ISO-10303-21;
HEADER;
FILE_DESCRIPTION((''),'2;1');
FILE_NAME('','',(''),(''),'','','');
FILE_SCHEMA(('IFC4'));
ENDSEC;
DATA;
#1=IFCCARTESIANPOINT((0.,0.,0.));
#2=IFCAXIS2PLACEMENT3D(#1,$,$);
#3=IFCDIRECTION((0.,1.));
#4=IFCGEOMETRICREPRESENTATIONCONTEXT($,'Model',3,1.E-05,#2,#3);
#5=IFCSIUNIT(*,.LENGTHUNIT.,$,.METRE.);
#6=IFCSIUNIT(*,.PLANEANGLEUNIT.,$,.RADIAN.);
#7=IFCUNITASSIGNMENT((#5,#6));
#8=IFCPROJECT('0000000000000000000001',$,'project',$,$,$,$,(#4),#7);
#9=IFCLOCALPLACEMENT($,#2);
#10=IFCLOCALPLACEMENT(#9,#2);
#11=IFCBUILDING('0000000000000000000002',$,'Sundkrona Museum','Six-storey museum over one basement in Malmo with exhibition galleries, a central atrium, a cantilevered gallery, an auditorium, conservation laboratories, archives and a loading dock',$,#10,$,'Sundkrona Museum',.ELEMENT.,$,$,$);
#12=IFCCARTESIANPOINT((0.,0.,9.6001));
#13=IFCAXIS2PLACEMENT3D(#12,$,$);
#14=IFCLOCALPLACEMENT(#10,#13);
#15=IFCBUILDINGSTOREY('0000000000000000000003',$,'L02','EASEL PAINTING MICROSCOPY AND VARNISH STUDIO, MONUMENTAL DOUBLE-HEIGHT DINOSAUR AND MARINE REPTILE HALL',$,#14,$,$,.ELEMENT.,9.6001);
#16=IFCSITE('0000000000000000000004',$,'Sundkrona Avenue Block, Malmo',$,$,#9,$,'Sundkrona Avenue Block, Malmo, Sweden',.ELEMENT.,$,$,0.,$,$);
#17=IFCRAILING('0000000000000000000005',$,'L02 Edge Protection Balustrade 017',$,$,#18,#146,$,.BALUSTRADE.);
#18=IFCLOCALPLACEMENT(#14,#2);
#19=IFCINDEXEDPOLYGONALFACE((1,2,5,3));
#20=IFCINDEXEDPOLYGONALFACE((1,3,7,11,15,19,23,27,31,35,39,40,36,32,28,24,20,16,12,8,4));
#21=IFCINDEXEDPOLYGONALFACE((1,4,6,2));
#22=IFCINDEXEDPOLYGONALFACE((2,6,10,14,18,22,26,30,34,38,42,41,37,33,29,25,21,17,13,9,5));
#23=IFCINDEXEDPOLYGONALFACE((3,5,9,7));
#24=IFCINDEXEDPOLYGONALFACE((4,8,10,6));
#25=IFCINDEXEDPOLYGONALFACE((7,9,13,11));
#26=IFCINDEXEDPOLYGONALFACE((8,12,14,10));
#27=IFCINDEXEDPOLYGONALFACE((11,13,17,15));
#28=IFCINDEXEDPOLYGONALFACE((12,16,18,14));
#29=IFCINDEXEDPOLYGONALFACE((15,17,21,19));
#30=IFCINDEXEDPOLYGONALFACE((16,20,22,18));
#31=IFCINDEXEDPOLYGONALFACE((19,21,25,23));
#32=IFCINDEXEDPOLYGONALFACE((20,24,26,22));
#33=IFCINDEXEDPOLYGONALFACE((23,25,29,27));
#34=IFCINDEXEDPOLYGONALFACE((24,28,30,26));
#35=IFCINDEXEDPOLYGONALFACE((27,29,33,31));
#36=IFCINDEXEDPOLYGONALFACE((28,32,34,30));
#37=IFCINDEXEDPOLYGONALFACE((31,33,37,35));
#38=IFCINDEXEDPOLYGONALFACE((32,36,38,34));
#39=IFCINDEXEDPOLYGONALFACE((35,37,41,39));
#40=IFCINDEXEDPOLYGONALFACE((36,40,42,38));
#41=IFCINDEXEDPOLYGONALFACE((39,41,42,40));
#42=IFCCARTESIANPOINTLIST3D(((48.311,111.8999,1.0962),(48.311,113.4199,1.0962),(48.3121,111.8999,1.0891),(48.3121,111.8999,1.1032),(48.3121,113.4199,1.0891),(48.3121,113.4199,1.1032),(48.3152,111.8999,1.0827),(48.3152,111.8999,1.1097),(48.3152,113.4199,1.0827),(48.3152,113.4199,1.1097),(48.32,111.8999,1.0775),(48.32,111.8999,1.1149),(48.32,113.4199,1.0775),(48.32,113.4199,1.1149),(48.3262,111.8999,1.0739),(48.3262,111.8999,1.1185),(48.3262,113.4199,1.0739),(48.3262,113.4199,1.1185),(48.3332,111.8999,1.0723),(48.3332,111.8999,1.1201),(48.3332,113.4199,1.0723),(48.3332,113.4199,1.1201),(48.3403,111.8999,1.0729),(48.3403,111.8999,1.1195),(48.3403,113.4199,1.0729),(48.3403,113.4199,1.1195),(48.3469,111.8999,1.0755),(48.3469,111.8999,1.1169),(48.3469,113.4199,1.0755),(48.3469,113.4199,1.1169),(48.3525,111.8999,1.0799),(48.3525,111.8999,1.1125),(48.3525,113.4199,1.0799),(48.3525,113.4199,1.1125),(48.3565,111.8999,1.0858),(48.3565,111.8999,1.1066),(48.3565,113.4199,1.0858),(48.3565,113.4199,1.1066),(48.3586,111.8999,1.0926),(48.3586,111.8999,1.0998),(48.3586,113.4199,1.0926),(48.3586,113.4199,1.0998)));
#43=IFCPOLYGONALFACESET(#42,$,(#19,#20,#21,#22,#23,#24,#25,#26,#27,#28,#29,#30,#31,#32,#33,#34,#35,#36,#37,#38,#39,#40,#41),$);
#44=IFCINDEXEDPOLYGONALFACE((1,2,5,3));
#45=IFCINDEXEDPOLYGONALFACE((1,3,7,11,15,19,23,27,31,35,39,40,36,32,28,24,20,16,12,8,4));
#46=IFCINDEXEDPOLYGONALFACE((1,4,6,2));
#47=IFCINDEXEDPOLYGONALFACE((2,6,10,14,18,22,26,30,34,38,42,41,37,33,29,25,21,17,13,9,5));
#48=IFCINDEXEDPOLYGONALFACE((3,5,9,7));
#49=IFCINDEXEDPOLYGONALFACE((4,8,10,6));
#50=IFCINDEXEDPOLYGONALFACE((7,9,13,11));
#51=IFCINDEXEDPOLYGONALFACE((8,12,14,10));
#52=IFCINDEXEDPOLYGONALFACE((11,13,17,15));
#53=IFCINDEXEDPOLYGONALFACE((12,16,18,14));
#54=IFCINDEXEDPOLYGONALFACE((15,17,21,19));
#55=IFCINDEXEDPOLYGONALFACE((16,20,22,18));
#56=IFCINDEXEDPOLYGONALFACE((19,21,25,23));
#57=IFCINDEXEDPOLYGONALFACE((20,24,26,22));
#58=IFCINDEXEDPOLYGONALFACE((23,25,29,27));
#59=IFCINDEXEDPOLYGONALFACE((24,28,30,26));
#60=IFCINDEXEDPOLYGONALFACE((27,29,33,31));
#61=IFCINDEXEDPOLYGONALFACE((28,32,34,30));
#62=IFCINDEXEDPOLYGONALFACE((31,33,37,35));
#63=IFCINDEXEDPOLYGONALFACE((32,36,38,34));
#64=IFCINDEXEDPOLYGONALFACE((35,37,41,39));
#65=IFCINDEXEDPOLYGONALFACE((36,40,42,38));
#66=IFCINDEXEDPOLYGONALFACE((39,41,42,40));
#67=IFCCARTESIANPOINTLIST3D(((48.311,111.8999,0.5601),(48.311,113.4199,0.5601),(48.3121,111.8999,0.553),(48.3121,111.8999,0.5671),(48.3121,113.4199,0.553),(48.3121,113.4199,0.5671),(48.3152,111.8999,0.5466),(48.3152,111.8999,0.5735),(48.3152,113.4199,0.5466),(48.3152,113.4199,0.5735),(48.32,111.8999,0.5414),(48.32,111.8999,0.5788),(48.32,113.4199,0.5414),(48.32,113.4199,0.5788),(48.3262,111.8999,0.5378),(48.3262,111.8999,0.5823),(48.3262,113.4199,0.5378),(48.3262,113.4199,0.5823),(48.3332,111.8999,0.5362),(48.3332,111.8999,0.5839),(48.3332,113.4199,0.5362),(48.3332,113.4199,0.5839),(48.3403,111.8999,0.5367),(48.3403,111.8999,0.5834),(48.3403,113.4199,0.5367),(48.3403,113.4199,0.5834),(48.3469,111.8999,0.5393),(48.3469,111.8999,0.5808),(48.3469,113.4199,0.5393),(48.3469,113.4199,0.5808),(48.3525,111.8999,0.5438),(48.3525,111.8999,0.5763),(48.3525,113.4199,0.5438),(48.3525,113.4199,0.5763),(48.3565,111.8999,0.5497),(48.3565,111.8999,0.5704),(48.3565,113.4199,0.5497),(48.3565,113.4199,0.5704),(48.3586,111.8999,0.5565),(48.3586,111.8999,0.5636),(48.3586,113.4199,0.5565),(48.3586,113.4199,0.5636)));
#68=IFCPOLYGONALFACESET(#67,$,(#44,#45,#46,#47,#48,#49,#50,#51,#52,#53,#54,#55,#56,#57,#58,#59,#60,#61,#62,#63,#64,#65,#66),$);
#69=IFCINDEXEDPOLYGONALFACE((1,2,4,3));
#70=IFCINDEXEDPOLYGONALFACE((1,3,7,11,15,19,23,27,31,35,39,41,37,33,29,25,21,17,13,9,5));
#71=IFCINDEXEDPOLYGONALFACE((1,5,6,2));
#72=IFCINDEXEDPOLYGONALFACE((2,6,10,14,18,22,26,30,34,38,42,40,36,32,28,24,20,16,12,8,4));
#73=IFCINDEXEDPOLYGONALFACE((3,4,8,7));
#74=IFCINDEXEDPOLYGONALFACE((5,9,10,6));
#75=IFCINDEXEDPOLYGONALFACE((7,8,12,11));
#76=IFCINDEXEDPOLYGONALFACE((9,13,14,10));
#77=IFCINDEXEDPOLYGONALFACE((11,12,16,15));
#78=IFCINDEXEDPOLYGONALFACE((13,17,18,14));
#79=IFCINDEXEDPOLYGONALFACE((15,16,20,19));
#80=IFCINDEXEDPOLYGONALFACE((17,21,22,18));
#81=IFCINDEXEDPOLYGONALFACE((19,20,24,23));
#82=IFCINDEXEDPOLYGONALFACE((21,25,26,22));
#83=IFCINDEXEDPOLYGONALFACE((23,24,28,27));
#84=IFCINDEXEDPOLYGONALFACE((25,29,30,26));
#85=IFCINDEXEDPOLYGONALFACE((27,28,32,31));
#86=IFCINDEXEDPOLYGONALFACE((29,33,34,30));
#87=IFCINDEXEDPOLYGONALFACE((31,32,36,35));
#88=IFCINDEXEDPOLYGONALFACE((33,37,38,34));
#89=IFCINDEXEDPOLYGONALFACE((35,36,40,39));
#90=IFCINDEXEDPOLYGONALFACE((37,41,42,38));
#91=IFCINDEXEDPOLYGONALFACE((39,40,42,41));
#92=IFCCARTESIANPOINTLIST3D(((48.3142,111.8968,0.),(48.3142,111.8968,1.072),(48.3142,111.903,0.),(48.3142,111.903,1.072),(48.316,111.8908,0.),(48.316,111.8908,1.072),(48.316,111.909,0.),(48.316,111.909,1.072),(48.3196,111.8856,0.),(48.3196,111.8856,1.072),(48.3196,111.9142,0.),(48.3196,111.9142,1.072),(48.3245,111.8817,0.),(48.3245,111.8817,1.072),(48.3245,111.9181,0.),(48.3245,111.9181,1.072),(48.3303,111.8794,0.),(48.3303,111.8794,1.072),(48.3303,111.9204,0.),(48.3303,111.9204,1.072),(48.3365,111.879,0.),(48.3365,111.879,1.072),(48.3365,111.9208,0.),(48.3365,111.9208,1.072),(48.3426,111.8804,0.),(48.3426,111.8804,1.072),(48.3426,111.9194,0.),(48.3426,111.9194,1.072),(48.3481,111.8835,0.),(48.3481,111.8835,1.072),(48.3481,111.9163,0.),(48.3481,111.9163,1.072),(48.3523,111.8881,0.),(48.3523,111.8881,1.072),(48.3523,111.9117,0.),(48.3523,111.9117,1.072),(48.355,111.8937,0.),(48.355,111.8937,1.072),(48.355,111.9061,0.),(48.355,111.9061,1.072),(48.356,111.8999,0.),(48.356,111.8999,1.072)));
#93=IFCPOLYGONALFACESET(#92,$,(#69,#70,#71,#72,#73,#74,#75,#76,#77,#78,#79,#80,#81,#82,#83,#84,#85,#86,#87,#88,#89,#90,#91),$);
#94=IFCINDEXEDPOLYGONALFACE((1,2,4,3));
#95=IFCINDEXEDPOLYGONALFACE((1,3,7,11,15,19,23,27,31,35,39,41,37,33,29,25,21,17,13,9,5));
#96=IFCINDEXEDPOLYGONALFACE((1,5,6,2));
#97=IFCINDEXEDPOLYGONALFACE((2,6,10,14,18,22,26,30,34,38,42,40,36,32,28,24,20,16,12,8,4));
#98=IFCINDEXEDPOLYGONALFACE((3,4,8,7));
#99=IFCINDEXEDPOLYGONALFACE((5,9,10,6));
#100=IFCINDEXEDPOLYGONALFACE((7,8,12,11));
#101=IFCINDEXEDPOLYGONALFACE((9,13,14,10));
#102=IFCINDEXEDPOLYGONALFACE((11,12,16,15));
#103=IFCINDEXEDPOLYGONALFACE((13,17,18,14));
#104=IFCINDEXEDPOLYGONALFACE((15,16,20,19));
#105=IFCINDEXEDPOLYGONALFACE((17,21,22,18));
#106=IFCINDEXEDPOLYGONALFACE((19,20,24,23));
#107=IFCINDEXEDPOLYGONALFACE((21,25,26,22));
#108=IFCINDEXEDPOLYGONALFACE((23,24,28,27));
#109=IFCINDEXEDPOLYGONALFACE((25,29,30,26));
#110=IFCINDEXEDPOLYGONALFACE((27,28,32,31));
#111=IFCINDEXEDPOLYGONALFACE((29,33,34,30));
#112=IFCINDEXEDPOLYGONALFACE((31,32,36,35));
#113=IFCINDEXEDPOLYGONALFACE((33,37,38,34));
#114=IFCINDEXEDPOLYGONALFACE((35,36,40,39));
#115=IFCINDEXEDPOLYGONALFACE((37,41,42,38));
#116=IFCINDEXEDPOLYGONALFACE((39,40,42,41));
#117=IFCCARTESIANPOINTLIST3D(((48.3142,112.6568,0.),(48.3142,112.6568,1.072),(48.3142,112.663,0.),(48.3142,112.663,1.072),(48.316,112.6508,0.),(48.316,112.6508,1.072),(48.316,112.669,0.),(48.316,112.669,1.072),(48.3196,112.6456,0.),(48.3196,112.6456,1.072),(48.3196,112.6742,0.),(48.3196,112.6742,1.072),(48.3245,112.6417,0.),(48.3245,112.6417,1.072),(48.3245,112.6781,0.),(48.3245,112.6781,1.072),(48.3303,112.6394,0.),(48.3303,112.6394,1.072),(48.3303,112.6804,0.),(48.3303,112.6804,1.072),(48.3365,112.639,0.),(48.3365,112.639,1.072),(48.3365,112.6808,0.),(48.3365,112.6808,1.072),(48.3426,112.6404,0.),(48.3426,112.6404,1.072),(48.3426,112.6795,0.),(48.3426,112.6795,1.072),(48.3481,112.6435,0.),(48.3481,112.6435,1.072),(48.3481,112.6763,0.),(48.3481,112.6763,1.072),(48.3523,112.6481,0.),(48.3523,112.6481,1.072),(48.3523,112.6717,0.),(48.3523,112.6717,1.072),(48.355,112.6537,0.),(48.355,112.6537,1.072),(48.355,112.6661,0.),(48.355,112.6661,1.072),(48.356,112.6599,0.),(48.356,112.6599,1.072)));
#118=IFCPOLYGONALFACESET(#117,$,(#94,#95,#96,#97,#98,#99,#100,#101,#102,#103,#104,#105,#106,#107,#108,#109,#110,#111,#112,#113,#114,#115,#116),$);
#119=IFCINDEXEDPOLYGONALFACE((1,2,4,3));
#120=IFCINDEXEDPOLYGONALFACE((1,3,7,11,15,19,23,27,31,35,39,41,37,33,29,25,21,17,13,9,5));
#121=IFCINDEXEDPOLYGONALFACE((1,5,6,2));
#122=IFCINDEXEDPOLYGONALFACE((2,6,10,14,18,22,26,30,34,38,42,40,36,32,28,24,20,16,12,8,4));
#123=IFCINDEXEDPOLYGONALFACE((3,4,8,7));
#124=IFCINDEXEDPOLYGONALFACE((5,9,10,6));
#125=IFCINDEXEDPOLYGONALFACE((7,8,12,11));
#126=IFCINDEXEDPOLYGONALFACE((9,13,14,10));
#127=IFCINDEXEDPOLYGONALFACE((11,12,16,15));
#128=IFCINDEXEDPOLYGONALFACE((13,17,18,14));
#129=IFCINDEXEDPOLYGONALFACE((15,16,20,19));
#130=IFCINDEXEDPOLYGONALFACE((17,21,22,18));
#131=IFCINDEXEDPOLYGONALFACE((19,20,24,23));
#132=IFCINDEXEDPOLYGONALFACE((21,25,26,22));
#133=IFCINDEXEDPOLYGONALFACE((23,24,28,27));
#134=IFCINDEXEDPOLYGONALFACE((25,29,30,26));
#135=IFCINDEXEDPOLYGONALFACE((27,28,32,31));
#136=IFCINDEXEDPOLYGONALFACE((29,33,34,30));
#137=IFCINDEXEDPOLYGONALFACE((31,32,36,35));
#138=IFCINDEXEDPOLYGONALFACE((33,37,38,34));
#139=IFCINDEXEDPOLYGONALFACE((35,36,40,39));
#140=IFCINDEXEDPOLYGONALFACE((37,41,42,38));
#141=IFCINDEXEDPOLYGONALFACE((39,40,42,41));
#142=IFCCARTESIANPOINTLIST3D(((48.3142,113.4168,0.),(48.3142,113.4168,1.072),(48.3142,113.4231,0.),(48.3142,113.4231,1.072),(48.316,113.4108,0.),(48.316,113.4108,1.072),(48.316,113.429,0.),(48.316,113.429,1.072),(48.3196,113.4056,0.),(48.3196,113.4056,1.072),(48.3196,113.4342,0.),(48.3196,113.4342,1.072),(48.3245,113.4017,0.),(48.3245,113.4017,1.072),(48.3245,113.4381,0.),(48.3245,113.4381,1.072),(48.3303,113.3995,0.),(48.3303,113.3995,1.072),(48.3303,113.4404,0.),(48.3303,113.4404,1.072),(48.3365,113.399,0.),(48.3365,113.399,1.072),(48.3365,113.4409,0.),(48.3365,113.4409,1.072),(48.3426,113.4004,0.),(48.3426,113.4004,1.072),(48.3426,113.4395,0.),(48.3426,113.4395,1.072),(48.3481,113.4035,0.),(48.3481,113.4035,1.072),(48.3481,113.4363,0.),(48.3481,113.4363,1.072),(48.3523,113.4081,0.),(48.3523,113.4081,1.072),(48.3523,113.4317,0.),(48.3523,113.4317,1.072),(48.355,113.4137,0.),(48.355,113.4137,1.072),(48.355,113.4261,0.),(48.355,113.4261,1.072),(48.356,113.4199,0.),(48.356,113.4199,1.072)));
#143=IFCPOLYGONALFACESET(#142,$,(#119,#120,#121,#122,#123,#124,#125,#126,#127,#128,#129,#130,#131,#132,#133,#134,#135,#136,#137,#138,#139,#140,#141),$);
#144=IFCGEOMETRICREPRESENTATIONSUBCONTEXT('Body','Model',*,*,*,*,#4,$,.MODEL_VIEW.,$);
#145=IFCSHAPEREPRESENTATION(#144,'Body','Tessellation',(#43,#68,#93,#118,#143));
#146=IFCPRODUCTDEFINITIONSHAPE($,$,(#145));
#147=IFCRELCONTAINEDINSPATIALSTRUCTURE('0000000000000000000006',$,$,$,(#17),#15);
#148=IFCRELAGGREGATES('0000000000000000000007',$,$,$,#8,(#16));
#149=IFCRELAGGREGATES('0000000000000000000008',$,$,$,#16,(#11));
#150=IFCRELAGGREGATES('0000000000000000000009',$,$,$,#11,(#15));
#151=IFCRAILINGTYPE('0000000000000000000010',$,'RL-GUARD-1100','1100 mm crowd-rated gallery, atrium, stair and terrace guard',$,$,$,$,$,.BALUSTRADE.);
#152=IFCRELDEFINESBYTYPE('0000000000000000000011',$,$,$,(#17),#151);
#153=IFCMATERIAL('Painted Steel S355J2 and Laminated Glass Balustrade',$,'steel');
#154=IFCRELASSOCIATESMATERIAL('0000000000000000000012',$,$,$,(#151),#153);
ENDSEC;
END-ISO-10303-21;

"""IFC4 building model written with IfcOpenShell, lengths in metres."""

from ifc_helpers import new_model, si_unit, direction, frame, origin, origin_2d, place, context, subcontext, project, spatial, circle, extrude, material, type_object, element, save


model = new_model("IFC4")

# Units and contexts
model_context = context("Model", 3, precision=1e-05, world=origin(), true_north=direction((0.0, 1.0)))
body_context = subcontext(model_context, "Body", "Model", "MODEL_VIEW")
ifc_project = project(units=[si_unit("LENGTHUNIT", "METRE"), si_unit("PLANEANGLEUNIT", "RADIAN")], contexts=[model_context])

# Site, building, storey
site_placement = place(None, origin())
site = spatial("IfcSite", under=ifc_project, at=site_placement, Name="Sundkrona Avenue Block, Malmo", LongName="Sundkrona Avenue Block, Malmo, Sweden", CompositionType="ELEMENT", RefElevation=0.0)
building_placement = place(site_placement, origin())
building = spatial("IfcBuilding", under=site, at=building_placement, Name="Sundkrona Museum", Description="Six-storey museum over one basement in Malmo with exhibition galleries, a central atrium, a cantilevered gallery, an auditorium, conservation laboratories, archives and a loading dock", LongName="Sundkrona Museum", CompositionType="ELEMENT")
storey_placement = place(building_placement, frame((0.0, 0.0, 9.6001)))
storey = spatial("IfcBuildingStorey", under=building, at=storey_placement, Name="L02", Description="EASEL PAINTING MICROSCOPY AND VARNISH STUDIO, MONUMENTAL DOUBLE-HEIGHT DINOSAUR AND MARINE REPTILE HALL", CompositionType="ELEMENT", Elevation=9.6001)

# Railing
ifc_material_1 = material(Name="Painted Steel S355J2 and Laminated Glass Balustrade", Category="steel")
railing_type_1 = type_object("IfcRailingType", Name="RL-GUARD-1100", Description="1100 mm crowd-rated gallery, atrium, stair and terrace guard", PredefinedType="BALUSTRADE", material=ifc_material_1)
for number, where, name in (
    (1, (48.335, 111.8999, 0.0), "L02 Edge Protection Balustrade 017"),
):
    element("IfcRailing", number, at=place(storey_placement, frame(where)), inside=storey, type_object=railing_type_1, Name=name, PredefinedType="BALUSTRADE", context=body_context, shape_type="SweptSolid", body=[
        extrude(circle(Radius=0.0239, at=origin_2d()), frame((0.0, 0.0, 1.0962), z_axis=(0.0, 1.0, 0.0), x_axis=(-1.0, 0.0, 0.0)), (0.0, 0.0, 1.0), 1.52),
        extrude(circle(Radius=0.0239, at=origin_2d()), frame((0.0, 0.0, 0.5601), z_axis=(0.0, 1.0, 0.0), x_axis=(-1.0, 0.0, 0.0)), (0.0, 0.0, 1.0), 1.52),
        extrude(circle(Radius=0.021, at=origin_2d()), origin(), (0.0, 0.0, 1.0), 1.072),
        extrude(circle(Radius=0.021, at=origin_2d()), frame((0.0, 0.76, 0.0)), (0.0, 0.0, 1.0), 1.072),
        extrude(circle(Radius=0.021, at=origin_2d()), frame((0.0, 1.52, 0.0)), (0.0, 0.0, 1.0), 1.072),
    ])

save(model, "model.ifc")
